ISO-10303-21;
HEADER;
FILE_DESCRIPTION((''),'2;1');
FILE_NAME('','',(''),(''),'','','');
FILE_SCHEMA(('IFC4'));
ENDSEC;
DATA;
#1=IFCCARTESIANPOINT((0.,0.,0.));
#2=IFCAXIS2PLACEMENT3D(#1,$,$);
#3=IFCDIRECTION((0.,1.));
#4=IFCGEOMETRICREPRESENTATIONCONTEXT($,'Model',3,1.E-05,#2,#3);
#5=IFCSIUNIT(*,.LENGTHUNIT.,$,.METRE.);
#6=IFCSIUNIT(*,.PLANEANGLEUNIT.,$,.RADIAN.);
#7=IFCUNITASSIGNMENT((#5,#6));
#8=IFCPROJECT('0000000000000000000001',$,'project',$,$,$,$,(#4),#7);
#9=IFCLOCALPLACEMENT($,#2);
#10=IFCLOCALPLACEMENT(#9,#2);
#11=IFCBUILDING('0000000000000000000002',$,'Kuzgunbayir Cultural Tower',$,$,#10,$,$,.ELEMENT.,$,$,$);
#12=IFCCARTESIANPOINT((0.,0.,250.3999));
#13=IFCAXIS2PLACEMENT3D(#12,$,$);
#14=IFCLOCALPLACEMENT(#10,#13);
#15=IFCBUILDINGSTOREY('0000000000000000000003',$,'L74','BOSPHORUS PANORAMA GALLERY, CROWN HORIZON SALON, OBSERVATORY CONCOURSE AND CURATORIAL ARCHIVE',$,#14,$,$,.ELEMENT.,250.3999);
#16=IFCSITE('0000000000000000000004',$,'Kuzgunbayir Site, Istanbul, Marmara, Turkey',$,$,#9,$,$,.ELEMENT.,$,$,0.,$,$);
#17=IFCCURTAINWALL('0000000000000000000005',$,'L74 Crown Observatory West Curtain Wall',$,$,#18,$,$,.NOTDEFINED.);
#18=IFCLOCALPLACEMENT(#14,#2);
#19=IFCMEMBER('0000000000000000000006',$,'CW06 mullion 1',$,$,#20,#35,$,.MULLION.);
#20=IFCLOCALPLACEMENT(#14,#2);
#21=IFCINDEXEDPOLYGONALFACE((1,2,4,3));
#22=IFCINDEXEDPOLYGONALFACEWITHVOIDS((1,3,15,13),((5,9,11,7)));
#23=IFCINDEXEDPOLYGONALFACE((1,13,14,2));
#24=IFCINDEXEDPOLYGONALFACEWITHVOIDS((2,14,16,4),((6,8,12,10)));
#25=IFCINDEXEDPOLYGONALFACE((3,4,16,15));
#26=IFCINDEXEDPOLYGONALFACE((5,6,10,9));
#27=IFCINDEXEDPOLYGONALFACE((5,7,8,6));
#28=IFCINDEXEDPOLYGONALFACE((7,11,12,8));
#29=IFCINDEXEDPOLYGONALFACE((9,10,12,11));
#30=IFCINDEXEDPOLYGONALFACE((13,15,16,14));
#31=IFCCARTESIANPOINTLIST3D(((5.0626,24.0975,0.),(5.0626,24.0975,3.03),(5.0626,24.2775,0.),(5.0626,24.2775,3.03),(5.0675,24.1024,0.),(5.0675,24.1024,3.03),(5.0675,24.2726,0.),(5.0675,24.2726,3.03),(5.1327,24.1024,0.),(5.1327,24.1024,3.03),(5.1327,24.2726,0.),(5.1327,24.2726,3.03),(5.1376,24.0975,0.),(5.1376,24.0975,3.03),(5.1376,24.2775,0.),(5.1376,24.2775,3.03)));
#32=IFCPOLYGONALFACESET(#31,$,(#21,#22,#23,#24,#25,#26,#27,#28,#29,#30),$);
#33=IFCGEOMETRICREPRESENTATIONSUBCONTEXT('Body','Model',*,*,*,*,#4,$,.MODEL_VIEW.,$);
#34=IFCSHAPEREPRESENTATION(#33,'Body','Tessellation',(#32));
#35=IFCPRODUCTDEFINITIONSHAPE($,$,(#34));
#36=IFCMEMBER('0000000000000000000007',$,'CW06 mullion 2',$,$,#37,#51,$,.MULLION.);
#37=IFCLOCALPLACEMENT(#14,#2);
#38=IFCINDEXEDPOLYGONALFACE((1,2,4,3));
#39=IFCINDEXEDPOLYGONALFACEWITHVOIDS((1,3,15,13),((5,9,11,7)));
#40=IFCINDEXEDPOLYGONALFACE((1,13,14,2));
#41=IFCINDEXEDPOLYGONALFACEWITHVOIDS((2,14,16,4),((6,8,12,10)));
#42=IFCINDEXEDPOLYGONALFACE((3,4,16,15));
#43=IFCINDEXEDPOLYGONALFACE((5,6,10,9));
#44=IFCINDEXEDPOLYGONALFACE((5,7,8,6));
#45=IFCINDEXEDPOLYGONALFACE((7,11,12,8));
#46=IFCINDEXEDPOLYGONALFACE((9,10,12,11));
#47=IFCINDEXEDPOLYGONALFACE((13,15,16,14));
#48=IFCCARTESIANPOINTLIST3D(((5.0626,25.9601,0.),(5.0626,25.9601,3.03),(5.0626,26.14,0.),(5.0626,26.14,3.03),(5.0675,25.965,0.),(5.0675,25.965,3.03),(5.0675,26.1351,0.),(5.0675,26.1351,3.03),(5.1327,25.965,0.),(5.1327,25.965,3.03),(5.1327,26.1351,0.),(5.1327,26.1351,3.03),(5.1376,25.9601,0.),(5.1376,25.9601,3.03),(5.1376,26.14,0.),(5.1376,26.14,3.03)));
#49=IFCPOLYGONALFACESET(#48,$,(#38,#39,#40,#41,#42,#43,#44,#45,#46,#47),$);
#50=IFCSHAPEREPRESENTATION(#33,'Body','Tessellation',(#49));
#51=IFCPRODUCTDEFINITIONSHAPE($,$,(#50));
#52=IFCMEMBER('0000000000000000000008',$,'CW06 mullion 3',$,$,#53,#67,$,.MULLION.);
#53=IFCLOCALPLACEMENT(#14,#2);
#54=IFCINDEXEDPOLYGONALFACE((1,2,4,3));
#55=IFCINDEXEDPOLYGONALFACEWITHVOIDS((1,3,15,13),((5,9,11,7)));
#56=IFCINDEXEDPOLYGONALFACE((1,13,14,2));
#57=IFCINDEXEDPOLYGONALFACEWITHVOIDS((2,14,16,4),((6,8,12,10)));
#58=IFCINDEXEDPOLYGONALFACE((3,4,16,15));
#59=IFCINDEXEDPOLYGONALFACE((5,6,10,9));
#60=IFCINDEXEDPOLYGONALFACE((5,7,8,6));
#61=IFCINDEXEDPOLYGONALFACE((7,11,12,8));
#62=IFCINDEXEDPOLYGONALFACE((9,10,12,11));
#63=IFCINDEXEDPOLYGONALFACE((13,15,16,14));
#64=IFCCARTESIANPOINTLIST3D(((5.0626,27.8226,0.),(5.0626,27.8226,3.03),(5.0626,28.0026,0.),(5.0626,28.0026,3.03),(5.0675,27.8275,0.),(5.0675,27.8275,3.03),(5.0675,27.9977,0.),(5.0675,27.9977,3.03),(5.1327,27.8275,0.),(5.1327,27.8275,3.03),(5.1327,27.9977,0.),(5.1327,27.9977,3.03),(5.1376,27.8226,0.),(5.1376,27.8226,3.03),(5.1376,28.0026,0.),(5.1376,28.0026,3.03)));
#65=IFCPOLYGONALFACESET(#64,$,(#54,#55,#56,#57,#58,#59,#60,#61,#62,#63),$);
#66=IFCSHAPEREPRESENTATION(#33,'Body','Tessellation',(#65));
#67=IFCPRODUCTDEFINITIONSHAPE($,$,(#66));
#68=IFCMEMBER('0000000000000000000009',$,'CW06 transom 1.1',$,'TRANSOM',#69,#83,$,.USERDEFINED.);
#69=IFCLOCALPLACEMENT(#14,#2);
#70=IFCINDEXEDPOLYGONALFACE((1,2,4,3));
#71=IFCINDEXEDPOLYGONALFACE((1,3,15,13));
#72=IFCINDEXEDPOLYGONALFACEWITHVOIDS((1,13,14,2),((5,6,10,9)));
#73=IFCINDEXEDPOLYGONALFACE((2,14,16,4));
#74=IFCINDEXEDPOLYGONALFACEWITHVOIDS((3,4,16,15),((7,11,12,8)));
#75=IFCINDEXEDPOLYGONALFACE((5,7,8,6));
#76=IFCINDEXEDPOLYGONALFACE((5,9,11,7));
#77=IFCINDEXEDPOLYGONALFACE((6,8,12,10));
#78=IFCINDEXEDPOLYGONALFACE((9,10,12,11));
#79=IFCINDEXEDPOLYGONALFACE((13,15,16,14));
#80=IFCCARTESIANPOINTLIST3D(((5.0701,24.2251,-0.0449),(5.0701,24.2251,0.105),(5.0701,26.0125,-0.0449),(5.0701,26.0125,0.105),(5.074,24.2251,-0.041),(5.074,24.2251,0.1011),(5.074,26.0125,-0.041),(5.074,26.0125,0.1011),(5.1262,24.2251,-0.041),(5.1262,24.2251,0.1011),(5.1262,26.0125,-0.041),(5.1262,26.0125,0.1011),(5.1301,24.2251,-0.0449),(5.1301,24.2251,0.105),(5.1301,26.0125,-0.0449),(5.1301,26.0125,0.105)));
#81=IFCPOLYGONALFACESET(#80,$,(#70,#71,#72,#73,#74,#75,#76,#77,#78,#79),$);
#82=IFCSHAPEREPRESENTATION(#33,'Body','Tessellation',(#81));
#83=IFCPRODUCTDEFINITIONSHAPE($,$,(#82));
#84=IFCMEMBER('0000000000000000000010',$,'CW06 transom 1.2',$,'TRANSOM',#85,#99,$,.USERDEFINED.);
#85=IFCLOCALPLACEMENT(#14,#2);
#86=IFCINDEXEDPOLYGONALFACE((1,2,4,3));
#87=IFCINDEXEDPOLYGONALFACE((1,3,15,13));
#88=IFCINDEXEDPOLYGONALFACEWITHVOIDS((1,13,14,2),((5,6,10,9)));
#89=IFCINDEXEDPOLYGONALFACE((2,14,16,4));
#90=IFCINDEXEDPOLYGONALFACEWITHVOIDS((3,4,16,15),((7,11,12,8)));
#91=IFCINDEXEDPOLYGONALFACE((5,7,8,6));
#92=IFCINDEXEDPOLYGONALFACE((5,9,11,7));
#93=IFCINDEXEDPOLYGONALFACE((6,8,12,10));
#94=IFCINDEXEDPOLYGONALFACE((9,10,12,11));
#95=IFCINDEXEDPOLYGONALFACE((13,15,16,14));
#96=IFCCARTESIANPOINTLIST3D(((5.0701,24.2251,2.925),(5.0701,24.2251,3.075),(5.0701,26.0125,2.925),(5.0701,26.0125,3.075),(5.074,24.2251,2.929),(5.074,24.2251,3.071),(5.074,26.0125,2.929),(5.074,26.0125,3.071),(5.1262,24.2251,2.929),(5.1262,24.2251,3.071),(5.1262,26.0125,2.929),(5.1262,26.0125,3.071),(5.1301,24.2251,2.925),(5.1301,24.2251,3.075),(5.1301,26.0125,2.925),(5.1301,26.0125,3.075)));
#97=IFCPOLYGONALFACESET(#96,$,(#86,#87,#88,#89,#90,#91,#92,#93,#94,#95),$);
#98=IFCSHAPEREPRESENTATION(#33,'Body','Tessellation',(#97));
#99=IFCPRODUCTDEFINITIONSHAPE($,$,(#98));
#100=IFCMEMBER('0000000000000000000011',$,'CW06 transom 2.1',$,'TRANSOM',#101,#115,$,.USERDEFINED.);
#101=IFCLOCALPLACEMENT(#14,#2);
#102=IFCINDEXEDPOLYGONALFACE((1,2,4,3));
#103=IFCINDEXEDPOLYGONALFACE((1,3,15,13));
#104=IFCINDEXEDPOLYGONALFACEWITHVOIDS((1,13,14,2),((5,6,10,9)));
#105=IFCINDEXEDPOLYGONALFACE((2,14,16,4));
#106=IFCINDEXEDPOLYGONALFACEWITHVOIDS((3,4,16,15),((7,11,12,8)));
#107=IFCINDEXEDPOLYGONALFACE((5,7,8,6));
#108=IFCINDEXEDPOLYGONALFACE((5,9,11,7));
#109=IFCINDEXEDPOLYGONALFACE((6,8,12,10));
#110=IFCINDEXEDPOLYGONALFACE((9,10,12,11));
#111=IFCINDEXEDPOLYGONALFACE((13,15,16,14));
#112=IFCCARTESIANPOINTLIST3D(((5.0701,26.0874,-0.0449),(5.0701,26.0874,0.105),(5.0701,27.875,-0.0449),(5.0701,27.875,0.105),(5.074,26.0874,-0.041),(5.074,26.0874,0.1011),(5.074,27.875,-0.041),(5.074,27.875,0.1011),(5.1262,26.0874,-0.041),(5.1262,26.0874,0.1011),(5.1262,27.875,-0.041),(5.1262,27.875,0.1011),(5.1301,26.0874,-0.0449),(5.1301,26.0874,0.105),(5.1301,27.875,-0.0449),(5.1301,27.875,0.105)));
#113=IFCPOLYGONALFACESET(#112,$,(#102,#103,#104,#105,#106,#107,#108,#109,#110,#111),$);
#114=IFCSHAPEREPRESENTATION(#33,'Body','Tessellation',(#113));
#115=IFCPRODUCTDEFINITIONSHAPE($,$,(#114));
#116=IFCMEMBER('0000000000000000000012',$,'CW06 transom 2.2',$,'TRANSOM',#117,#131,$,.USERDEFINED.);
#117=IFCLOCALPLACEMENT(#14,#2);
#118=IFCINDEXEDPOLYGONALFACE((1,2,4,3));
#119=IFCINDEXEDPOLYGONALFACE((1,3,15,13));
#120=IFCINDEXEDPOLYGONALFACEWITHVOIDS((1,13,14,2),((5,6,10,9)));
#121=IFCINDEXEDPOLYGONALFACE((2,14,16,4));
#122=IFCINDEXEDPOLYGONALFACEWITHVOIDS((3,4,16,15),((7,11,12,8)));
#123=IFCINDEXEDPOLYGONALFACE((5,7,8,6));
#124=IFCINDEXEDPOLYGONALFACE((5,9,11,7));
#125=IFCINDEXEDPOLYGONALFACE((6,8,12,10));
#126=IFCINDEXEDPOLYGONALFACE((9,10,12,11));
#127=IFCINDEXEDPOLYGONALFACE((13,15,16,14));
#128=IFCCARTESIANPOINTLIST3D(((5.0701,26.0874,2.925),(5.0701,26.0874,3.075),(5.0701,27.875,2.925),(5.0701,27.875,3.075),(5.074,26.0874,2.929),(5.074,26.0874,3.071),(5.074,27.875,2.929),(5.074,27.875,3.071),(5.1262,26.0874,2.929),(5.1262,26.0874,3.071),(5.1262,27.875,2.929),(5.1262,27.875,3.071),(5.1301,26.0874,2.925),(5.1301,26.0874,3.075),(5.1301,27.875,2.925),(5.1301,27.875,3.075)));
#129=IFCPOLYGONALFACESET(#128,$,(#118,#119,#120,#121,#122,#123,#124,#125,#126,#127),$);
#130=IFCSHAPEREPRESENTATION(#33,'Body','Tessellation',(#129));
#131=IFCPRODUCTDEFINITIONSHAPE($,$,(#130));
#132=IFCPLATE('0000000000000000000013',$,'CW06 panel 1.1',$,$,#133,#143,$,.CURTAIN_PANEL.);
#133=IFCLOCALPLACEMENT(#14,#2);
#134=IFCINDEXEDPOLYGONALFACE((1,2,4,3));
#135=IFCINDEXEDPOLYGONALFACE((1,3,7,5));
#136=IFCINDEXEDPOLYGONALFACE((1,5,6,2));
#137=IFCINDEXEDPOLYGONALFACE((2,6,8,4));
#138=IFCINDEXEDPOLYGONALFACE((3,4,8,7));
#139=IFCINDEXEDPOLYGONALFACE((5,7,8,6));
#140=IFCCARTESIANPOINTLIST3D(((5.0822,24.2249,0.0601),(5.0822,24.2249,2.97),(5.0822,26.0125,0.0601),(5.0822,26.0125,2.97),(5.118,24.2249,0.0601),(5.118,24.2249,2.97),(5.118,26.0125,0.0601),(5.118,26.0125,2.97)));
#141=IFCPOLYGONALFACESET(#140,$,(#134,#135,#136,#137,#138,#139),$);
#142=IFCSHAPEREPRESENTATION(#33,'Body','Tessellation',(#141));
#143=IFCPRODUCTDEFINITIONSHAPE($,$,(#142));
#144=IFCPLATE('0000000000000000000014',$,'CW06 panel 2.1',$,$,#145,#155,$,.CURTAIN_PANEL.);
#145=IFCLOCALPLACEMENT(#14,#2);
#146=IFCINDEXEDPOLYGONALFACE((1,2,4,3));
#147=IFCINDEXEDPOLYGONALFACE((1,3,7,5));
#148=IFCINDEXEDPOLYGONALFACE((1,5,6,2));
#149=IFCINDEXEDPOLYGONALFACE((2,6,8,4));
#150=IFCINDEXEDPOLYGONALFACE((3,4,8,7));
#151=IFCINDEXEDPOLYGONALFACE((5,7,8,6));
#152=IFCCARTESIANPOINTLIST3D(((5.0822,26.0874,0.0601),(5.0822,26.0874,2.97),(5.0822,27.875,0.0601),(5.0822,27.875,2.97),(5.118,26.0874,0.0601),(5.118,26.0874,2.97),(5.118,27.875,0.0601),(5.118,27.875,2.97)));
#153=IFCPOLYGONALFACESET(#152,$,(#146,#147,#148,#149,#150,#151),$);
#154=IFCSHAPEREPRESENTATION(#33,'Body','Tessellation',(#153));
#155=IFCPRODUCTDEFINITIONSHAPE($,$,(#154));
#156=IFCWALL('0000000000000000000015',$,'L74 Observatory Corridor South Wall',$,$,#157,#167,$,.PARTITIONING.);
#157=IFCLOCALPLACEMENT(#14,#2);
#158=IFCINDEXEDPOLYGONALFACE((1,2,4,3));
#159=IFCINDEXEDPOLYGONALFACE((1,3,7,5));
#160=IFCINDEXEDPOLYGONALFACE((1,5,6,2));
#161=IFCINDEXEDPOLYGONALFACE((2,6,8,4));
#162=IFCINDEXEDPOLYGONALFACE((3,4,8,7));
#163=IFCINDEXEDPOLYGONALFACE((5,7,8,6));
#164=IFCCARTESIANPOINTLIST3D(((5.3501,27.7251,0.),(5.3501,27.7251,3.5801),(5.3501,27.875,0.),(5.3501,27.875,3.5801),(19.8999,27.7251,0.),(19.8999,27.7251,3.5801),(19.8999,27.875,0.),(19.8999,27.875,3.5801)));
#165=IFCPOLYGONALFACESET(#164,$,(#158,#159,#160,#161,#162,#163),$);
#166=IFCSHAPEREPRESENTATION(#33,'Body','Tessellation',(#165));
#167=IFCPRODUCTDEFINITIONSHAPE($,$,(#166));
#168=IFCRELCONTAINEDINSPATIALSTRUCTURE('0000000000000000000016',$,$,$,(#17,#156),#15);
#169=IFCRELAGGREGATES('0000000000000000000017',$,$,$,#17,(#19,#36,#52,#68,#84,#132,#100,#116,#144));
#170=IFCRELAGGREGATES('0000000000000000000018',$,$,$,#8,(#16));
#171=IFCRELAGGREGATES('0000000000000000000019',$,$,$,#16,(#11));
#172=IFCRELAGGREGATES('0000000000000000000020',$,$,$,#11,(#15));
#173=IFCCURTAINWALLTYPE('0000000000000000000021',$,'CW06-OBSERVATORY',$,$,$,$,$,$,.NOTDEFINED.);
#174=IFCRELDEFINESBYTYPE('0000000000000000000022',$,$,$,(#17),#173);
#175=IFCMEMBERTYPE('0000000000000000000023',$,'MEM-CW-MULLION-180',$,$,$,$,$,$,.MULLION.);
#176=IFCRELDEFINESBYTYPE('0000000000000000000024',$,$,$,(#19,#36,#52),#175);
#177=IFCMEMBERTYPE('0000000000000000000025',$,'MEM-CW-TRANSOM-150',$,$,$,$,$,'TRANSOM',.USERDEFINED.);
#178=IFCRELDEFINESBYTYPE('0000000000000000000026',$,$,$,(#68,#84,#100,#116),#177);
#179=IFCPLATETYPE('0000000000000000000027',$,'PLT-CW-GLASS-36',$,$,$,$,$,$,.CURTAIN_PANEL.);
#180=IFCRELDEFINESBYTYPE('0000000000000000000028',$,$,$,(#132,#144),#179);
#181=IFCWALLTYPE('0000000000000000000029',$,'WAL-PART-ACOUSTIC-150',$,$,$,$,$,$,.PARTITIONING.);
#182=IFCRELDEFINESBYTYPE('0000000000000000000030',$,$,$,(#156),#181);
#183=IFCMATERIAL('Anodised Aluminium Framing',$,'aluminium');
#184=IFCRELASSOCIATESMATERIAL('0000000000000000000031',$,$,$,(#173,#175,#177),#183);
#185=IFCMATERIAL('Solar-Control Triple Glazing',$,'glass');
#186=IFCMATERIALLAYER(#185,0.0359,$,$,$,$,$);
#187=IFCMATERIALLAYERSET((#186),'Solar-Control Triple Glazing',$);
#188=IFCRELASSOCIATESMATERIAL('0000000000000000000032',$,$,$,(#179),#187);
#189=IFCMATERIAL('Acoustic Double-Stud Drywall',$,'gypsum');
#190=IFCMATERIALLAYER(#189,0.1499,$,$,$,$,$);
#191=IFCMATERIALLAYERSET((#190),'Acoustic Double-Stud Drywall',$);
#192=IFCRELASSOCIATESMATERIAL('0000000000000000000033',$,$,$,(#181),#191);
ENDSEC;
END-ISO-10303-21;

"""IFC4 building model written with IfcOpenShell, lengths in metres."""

from ifc_helpers import new_model, si_unit, direction, frame, frame_2d, origin, origin_2d, place, context, subcontext, project, spatial, rectangle, hollow_rectangle, extrude, material, layer, layer_set, material_profile, profile_set, type_object, element, aggregate, save


model = new_model("IFC4")

# Units and contexts
model_context = context("Model", 3, precision=1e-05, world=origin(), true_north=direction((0.0, 1.0)))
body_context = subcontext(model_context, "Body", "Model", "MODEL_VIEW")
ifc_project = project(units=[si_unit("LENGTHUNIT", "METRE"), si_unit("PLANEANGLEUNIT", "RADIAN")], contexts=[model_context])

# Site, building, storey
site_placement = place(None, origin())
site = spatial("IfcSite", under=ifc_project, at=site_placement, Name="Kuzgunbayir Site, Istanbul, Marmara, Turkey", CompositionType="ELEMENT", RefElevation=0.0)
building_placement = place(site_placement, origin())
building = spatial("IfcBuilding", under=site, at=building_placement, Name="Kuzgunbayir Cultural Tower", CompositionType="ELEMENT")
storey_placement = place(building_placement, frame((0.0, 0.0, 250.3999)))
storey = spatial("IfcBuildingStorey", under=building, at=storey_placement, Name="L74", Description="BOSPHORUS PANORAMA GALLERY, CROWN HORIZON SALON, OBSERVATORY CONCOURSE AND CURATORIAL ARCHIVE", CompositionType="ELEMENT", Elevation=250.3999)

# Curtain wall, members, plates
ifc_material_1 = material(Name="Anodised Aluminium Framing", Category="aluminium")
curtain_wall_type = type_object("IfcCurtainWallType", Name="CW06-OBSERVATORY", PredefinedType="NOTDEFINED", material=ifc_material_1)
curtain_wall_placement = place(storey_placement, origin())
curtain_wall = element("IfcCurtainWall", 1, at=curtain_wall_placement, inside=storey, type_object=curtain_wall_type, Name="L74 Crown Observatory West Curtain Wall", PredefinedType="NOTDEFINED")
ifc_material_profile_1 = material_profile(ifc_material_1, hollow_rectangle(XDim=0.075, YDim=0.1799, WallThickness=0.0049, at=origin_2d()), Name="RHS 180x75x5")
ifc_profile_set_1 = profile_set([ifc_material_profile_1], Name="Anodised Aluminium Framing")
member_type_1 = type_object("IfcMemberType", Name="MEM-CW-MULLION-180", PredefinedType="MULLION", material=ifc_profile_set_1)
member_1_placement = place(storey_placement, frame((5.1001, 24.1875, 0.0), z_axis=(0.0, 0.0, 1.0), x_axis=(-1.0, 0.0, 0.0)))
member_1 = element("IfcMember", 2, at=member_1_placement, type_object=member_type_1, Name="CW06 mullion 1", PredefinedType="MULLION", context=body_context, shape_type="SweptSolid", body=[
    extrude(hollow_rectangle(XDim=0.075, YDim=0.1799, WallThickness=0.0049, at=origin_2d()), origin(), (0.0, 0.0, 1.0), 3.03),
])
member_2_placement = place(storey_placement, frame((5.1001, 26.05, 0.0), z_axis=(0.0, 0.0, 1.0), x_axis=(-1.0, 0.0, 0.0)))
member_2 = element("IfcMember", 3, at=member_2_placement, type_object=member_type_1, Name="CW06 mullion 2", PredefinedType="MULLION", context=body_context, shape_type="SweptSolid", body=[
    extrude(hollow_rectangle(XDim=0.075, YDim=0.1799, WallThickness=0.0049, at=origin_2d()), origin(), (0.0, 0.0, 1.0), 3.03),
])
member_3_placement = place(storey_placement, frame((5.1001, 27.9126, 0.0), z_axis=(0.0, 0.0, 1.0), x_axis=(-1.0, 0.0, 0.0)))
member_3 = element("IfcMember", 4, at=member_3_placement, type_object=member_type_1, Name="CW06 mullion 3", PredefinedType="MULLION", context=body_context, shape_type="SweptSolid", body=[
    extrude(hollow_rectangle(XDim=0.075, YDim=0.1799, WallThickness=0.0049, at=origin_2d()), origin(), (0.0, 0.0, 1.0), 3.03),
])
ifc_material_profile_2 = material_profile(ifc_material_1, hollow_rectangle(XDim=0.0601, YDim=0.1499, WallThickness=0.0039, at=origin_2d()), Name="RHS 150x60x4")
ifc_profile_set_2 = profile_set([ifc_material_profile_2], Name="Anodised Aluminium Framing")
member_type_2 = type_object("IfcMemberType", Name="MEM-CW-TRANSOM-150", ElementType="TRANSOM", PredefinedType="USERDEFINED", material=ifc_profile_set_2)
member_4_placement = place(storey_placement, frame((5.1001, 24.2251, 0.03), z_axis=(0.0, 1.0, 0.0), x_axis=(-1.0, 0.0, 0.0)))
member_4 = element("IfcMember", 5, at=member_4_placement, type_object=member_type_2, Name="CW06 transom 1.1", ObjectType="TRANSOM", PredefinedType="USERDEFINED", context=body_context, shape_type="SweptSolid", body=[
    extrude(hollow_rectangle(XDim=0.0601, YDim=0.1499, WallThickness=0.0039, at=origin_2d()), origin(), (0.0, 0.0, 1.0), 1.7874),
])
member_5_placement = place(storey_placement, frame((5.1001, 24.2251, 3.0), z_axis=(0.0, 1.0, 0.0), x_axis=(-1.0, 0.0, 0.0)))
member_5 = element("IfcMember", 6, at=member_5_placement, type_object=member_type_2, Name="CW06 transom 1.2", ObjectType="TRANSOM", PredefinedType="USERDEFINED", context=body_context, shape_type="SweptSolid", body=[
    extrude(hollow_rectangle(XDim=0.0601, YDim=0.1499, WallThickness=0.0039, at=origin_2d()), origin(), (0.0, 0.0, 1.0), 1.7874),
])
member_6_placement = place(storey_placement, frame((5.1001, 26.0874, 0.03), z_axis=(0.0, 1.0, 0.0), x_axis=(-1.0, 0.0, 0.0)))
member_6 = element("IfcMember", 7, at=member_6_placement, type_object=member_type_2, Name="CW06 transom 2.1", ObjectType="TRANSOM", PredefinedType="USERDEFINED", context=body_context, shape_type="SweptSolid", body=[
    extrude(hollow_rectangle(XDim=0.0601, YDim=0.1499, WallThickness=0.0039, at=origin_2d()), origin(), (0.0, 0.0, 1.0), 1.7876),
])
member_7_placement = place(storey_placement, frame((5.1001, 26.0874, 3.0), z_axis=(0.0, 1.0, 0.0), x_axis=(-1.0, 0.0, 0.0)))
member_7 = element("IfcMember", 8, at=member_7_placement, type_object=member_type_2, Name="CW06 transom 2.2", ObjectType="TRANSOM", PredefinedType="USERDEFINED", context=body_context, shape_type="SweptSolid", body=[
    extrude(hollow_rectangle(XDim=0.0601, YDim=0.1499, WallThickness=0.0039, at=origin_2d()), origin(), (0.0, 0.0, 1.0), 1.7876),
])
ifc_material_2 = material(Name="Solar-Control Triple Glazing", Category="glass")
ifc_layer_1 = layer(ifc_material_2, 0.0359)
ifc_layer_set_1 = layer_set([ifc_layer_1], Name="Solar-Control Triple Glazing")
plate_type = type_object("IfcPlateType", Name="PLT-CW-GLASS-36", PredefinedType="CURTAIN_PANEL", material=ifc_layer_set_1)
plate_1_placement = place(storey_placement, frame((5.1001, 25.1187, 0.0601), z_axis=(0.0, 0.0, 1.0), x_axis=(0.0, 1.0, 0.0)))
plate_1 = element("IfcPlate", 9, at=plate_1_placement, type_object=plate_type, Name="CW06 panel 1.1", PredefinedType="CURTAIN_PANEL", context=body_context, shape_type="SweptSolid", body=[
    extrude(rectangle(XDim=1.7876, YDim=0.0359, at=origin_2d()), origin(), (0.0, 0.0, 1.0), 2.9099),
])
plate_2_placement = place(storey_placement, frame((5.1001, 26.9812, 0.0601), z_axis=(0.0, 0.0, 1.0), x_axis=(0.0, 1.0, 0.0)))
plate_2 = element("IfcPlate", 10, at=plate_2_placement, type_object=plate_type, Name="CW06 panel 2.1", PredefinedType="CURTAIN_PANEL", context=body_context, shape_type="SweptSolid", body=[
    extrude(rectangle(XDim=1.7876, YDim=0.0359, at=origin_2d()), origin(), (0.0, 0.0, 1.0), 2.9099),
])
aggregate(curtain_wall, [member_1, member_2, member_3, member_4, member_5, plate_1, member_6, member_7, plate_2])

# Wall
ifc_material_3 = material(Name="Acoustic Double-Stud Drywall", Category="gypsum")
ifc_layer_2 = layer(ifc_material_3, 0.1499)
ifc_layer_set_2 = layer_set([ifc_layer_2], Name="Acoustic Double-Stud Drywall")
wall_type_1 = type_object("IfcWallType", Name="WAL-PART-ACOUSTIC-150", PredefinedType="PARTITIONING", material=ifc_layer_set_2)
wall_1_placement = place(storey_placement, frame((5.3501, 27.8, 0.0), z_axis=(0.0, 0.0, 1.0), x_axis=(1.0, 0.0, 0.0)))
element("IfcWall", 11, at=wall_1_placement, inside=storey, type_object=wall_type_1, Name="L74 Observatory Corridor South Wall", PredefinedType="PARTITIONING", context=body_context, shape_type="SweptSolid", body=[
    extrude(rectangle(XDim=14.5498, YDim=0.1499, at=frame_2d((7.2749, 0.0))), origin(), (0.0, 0.0, 1.0), 3.5801),
])

save(model, "model.ifc")
